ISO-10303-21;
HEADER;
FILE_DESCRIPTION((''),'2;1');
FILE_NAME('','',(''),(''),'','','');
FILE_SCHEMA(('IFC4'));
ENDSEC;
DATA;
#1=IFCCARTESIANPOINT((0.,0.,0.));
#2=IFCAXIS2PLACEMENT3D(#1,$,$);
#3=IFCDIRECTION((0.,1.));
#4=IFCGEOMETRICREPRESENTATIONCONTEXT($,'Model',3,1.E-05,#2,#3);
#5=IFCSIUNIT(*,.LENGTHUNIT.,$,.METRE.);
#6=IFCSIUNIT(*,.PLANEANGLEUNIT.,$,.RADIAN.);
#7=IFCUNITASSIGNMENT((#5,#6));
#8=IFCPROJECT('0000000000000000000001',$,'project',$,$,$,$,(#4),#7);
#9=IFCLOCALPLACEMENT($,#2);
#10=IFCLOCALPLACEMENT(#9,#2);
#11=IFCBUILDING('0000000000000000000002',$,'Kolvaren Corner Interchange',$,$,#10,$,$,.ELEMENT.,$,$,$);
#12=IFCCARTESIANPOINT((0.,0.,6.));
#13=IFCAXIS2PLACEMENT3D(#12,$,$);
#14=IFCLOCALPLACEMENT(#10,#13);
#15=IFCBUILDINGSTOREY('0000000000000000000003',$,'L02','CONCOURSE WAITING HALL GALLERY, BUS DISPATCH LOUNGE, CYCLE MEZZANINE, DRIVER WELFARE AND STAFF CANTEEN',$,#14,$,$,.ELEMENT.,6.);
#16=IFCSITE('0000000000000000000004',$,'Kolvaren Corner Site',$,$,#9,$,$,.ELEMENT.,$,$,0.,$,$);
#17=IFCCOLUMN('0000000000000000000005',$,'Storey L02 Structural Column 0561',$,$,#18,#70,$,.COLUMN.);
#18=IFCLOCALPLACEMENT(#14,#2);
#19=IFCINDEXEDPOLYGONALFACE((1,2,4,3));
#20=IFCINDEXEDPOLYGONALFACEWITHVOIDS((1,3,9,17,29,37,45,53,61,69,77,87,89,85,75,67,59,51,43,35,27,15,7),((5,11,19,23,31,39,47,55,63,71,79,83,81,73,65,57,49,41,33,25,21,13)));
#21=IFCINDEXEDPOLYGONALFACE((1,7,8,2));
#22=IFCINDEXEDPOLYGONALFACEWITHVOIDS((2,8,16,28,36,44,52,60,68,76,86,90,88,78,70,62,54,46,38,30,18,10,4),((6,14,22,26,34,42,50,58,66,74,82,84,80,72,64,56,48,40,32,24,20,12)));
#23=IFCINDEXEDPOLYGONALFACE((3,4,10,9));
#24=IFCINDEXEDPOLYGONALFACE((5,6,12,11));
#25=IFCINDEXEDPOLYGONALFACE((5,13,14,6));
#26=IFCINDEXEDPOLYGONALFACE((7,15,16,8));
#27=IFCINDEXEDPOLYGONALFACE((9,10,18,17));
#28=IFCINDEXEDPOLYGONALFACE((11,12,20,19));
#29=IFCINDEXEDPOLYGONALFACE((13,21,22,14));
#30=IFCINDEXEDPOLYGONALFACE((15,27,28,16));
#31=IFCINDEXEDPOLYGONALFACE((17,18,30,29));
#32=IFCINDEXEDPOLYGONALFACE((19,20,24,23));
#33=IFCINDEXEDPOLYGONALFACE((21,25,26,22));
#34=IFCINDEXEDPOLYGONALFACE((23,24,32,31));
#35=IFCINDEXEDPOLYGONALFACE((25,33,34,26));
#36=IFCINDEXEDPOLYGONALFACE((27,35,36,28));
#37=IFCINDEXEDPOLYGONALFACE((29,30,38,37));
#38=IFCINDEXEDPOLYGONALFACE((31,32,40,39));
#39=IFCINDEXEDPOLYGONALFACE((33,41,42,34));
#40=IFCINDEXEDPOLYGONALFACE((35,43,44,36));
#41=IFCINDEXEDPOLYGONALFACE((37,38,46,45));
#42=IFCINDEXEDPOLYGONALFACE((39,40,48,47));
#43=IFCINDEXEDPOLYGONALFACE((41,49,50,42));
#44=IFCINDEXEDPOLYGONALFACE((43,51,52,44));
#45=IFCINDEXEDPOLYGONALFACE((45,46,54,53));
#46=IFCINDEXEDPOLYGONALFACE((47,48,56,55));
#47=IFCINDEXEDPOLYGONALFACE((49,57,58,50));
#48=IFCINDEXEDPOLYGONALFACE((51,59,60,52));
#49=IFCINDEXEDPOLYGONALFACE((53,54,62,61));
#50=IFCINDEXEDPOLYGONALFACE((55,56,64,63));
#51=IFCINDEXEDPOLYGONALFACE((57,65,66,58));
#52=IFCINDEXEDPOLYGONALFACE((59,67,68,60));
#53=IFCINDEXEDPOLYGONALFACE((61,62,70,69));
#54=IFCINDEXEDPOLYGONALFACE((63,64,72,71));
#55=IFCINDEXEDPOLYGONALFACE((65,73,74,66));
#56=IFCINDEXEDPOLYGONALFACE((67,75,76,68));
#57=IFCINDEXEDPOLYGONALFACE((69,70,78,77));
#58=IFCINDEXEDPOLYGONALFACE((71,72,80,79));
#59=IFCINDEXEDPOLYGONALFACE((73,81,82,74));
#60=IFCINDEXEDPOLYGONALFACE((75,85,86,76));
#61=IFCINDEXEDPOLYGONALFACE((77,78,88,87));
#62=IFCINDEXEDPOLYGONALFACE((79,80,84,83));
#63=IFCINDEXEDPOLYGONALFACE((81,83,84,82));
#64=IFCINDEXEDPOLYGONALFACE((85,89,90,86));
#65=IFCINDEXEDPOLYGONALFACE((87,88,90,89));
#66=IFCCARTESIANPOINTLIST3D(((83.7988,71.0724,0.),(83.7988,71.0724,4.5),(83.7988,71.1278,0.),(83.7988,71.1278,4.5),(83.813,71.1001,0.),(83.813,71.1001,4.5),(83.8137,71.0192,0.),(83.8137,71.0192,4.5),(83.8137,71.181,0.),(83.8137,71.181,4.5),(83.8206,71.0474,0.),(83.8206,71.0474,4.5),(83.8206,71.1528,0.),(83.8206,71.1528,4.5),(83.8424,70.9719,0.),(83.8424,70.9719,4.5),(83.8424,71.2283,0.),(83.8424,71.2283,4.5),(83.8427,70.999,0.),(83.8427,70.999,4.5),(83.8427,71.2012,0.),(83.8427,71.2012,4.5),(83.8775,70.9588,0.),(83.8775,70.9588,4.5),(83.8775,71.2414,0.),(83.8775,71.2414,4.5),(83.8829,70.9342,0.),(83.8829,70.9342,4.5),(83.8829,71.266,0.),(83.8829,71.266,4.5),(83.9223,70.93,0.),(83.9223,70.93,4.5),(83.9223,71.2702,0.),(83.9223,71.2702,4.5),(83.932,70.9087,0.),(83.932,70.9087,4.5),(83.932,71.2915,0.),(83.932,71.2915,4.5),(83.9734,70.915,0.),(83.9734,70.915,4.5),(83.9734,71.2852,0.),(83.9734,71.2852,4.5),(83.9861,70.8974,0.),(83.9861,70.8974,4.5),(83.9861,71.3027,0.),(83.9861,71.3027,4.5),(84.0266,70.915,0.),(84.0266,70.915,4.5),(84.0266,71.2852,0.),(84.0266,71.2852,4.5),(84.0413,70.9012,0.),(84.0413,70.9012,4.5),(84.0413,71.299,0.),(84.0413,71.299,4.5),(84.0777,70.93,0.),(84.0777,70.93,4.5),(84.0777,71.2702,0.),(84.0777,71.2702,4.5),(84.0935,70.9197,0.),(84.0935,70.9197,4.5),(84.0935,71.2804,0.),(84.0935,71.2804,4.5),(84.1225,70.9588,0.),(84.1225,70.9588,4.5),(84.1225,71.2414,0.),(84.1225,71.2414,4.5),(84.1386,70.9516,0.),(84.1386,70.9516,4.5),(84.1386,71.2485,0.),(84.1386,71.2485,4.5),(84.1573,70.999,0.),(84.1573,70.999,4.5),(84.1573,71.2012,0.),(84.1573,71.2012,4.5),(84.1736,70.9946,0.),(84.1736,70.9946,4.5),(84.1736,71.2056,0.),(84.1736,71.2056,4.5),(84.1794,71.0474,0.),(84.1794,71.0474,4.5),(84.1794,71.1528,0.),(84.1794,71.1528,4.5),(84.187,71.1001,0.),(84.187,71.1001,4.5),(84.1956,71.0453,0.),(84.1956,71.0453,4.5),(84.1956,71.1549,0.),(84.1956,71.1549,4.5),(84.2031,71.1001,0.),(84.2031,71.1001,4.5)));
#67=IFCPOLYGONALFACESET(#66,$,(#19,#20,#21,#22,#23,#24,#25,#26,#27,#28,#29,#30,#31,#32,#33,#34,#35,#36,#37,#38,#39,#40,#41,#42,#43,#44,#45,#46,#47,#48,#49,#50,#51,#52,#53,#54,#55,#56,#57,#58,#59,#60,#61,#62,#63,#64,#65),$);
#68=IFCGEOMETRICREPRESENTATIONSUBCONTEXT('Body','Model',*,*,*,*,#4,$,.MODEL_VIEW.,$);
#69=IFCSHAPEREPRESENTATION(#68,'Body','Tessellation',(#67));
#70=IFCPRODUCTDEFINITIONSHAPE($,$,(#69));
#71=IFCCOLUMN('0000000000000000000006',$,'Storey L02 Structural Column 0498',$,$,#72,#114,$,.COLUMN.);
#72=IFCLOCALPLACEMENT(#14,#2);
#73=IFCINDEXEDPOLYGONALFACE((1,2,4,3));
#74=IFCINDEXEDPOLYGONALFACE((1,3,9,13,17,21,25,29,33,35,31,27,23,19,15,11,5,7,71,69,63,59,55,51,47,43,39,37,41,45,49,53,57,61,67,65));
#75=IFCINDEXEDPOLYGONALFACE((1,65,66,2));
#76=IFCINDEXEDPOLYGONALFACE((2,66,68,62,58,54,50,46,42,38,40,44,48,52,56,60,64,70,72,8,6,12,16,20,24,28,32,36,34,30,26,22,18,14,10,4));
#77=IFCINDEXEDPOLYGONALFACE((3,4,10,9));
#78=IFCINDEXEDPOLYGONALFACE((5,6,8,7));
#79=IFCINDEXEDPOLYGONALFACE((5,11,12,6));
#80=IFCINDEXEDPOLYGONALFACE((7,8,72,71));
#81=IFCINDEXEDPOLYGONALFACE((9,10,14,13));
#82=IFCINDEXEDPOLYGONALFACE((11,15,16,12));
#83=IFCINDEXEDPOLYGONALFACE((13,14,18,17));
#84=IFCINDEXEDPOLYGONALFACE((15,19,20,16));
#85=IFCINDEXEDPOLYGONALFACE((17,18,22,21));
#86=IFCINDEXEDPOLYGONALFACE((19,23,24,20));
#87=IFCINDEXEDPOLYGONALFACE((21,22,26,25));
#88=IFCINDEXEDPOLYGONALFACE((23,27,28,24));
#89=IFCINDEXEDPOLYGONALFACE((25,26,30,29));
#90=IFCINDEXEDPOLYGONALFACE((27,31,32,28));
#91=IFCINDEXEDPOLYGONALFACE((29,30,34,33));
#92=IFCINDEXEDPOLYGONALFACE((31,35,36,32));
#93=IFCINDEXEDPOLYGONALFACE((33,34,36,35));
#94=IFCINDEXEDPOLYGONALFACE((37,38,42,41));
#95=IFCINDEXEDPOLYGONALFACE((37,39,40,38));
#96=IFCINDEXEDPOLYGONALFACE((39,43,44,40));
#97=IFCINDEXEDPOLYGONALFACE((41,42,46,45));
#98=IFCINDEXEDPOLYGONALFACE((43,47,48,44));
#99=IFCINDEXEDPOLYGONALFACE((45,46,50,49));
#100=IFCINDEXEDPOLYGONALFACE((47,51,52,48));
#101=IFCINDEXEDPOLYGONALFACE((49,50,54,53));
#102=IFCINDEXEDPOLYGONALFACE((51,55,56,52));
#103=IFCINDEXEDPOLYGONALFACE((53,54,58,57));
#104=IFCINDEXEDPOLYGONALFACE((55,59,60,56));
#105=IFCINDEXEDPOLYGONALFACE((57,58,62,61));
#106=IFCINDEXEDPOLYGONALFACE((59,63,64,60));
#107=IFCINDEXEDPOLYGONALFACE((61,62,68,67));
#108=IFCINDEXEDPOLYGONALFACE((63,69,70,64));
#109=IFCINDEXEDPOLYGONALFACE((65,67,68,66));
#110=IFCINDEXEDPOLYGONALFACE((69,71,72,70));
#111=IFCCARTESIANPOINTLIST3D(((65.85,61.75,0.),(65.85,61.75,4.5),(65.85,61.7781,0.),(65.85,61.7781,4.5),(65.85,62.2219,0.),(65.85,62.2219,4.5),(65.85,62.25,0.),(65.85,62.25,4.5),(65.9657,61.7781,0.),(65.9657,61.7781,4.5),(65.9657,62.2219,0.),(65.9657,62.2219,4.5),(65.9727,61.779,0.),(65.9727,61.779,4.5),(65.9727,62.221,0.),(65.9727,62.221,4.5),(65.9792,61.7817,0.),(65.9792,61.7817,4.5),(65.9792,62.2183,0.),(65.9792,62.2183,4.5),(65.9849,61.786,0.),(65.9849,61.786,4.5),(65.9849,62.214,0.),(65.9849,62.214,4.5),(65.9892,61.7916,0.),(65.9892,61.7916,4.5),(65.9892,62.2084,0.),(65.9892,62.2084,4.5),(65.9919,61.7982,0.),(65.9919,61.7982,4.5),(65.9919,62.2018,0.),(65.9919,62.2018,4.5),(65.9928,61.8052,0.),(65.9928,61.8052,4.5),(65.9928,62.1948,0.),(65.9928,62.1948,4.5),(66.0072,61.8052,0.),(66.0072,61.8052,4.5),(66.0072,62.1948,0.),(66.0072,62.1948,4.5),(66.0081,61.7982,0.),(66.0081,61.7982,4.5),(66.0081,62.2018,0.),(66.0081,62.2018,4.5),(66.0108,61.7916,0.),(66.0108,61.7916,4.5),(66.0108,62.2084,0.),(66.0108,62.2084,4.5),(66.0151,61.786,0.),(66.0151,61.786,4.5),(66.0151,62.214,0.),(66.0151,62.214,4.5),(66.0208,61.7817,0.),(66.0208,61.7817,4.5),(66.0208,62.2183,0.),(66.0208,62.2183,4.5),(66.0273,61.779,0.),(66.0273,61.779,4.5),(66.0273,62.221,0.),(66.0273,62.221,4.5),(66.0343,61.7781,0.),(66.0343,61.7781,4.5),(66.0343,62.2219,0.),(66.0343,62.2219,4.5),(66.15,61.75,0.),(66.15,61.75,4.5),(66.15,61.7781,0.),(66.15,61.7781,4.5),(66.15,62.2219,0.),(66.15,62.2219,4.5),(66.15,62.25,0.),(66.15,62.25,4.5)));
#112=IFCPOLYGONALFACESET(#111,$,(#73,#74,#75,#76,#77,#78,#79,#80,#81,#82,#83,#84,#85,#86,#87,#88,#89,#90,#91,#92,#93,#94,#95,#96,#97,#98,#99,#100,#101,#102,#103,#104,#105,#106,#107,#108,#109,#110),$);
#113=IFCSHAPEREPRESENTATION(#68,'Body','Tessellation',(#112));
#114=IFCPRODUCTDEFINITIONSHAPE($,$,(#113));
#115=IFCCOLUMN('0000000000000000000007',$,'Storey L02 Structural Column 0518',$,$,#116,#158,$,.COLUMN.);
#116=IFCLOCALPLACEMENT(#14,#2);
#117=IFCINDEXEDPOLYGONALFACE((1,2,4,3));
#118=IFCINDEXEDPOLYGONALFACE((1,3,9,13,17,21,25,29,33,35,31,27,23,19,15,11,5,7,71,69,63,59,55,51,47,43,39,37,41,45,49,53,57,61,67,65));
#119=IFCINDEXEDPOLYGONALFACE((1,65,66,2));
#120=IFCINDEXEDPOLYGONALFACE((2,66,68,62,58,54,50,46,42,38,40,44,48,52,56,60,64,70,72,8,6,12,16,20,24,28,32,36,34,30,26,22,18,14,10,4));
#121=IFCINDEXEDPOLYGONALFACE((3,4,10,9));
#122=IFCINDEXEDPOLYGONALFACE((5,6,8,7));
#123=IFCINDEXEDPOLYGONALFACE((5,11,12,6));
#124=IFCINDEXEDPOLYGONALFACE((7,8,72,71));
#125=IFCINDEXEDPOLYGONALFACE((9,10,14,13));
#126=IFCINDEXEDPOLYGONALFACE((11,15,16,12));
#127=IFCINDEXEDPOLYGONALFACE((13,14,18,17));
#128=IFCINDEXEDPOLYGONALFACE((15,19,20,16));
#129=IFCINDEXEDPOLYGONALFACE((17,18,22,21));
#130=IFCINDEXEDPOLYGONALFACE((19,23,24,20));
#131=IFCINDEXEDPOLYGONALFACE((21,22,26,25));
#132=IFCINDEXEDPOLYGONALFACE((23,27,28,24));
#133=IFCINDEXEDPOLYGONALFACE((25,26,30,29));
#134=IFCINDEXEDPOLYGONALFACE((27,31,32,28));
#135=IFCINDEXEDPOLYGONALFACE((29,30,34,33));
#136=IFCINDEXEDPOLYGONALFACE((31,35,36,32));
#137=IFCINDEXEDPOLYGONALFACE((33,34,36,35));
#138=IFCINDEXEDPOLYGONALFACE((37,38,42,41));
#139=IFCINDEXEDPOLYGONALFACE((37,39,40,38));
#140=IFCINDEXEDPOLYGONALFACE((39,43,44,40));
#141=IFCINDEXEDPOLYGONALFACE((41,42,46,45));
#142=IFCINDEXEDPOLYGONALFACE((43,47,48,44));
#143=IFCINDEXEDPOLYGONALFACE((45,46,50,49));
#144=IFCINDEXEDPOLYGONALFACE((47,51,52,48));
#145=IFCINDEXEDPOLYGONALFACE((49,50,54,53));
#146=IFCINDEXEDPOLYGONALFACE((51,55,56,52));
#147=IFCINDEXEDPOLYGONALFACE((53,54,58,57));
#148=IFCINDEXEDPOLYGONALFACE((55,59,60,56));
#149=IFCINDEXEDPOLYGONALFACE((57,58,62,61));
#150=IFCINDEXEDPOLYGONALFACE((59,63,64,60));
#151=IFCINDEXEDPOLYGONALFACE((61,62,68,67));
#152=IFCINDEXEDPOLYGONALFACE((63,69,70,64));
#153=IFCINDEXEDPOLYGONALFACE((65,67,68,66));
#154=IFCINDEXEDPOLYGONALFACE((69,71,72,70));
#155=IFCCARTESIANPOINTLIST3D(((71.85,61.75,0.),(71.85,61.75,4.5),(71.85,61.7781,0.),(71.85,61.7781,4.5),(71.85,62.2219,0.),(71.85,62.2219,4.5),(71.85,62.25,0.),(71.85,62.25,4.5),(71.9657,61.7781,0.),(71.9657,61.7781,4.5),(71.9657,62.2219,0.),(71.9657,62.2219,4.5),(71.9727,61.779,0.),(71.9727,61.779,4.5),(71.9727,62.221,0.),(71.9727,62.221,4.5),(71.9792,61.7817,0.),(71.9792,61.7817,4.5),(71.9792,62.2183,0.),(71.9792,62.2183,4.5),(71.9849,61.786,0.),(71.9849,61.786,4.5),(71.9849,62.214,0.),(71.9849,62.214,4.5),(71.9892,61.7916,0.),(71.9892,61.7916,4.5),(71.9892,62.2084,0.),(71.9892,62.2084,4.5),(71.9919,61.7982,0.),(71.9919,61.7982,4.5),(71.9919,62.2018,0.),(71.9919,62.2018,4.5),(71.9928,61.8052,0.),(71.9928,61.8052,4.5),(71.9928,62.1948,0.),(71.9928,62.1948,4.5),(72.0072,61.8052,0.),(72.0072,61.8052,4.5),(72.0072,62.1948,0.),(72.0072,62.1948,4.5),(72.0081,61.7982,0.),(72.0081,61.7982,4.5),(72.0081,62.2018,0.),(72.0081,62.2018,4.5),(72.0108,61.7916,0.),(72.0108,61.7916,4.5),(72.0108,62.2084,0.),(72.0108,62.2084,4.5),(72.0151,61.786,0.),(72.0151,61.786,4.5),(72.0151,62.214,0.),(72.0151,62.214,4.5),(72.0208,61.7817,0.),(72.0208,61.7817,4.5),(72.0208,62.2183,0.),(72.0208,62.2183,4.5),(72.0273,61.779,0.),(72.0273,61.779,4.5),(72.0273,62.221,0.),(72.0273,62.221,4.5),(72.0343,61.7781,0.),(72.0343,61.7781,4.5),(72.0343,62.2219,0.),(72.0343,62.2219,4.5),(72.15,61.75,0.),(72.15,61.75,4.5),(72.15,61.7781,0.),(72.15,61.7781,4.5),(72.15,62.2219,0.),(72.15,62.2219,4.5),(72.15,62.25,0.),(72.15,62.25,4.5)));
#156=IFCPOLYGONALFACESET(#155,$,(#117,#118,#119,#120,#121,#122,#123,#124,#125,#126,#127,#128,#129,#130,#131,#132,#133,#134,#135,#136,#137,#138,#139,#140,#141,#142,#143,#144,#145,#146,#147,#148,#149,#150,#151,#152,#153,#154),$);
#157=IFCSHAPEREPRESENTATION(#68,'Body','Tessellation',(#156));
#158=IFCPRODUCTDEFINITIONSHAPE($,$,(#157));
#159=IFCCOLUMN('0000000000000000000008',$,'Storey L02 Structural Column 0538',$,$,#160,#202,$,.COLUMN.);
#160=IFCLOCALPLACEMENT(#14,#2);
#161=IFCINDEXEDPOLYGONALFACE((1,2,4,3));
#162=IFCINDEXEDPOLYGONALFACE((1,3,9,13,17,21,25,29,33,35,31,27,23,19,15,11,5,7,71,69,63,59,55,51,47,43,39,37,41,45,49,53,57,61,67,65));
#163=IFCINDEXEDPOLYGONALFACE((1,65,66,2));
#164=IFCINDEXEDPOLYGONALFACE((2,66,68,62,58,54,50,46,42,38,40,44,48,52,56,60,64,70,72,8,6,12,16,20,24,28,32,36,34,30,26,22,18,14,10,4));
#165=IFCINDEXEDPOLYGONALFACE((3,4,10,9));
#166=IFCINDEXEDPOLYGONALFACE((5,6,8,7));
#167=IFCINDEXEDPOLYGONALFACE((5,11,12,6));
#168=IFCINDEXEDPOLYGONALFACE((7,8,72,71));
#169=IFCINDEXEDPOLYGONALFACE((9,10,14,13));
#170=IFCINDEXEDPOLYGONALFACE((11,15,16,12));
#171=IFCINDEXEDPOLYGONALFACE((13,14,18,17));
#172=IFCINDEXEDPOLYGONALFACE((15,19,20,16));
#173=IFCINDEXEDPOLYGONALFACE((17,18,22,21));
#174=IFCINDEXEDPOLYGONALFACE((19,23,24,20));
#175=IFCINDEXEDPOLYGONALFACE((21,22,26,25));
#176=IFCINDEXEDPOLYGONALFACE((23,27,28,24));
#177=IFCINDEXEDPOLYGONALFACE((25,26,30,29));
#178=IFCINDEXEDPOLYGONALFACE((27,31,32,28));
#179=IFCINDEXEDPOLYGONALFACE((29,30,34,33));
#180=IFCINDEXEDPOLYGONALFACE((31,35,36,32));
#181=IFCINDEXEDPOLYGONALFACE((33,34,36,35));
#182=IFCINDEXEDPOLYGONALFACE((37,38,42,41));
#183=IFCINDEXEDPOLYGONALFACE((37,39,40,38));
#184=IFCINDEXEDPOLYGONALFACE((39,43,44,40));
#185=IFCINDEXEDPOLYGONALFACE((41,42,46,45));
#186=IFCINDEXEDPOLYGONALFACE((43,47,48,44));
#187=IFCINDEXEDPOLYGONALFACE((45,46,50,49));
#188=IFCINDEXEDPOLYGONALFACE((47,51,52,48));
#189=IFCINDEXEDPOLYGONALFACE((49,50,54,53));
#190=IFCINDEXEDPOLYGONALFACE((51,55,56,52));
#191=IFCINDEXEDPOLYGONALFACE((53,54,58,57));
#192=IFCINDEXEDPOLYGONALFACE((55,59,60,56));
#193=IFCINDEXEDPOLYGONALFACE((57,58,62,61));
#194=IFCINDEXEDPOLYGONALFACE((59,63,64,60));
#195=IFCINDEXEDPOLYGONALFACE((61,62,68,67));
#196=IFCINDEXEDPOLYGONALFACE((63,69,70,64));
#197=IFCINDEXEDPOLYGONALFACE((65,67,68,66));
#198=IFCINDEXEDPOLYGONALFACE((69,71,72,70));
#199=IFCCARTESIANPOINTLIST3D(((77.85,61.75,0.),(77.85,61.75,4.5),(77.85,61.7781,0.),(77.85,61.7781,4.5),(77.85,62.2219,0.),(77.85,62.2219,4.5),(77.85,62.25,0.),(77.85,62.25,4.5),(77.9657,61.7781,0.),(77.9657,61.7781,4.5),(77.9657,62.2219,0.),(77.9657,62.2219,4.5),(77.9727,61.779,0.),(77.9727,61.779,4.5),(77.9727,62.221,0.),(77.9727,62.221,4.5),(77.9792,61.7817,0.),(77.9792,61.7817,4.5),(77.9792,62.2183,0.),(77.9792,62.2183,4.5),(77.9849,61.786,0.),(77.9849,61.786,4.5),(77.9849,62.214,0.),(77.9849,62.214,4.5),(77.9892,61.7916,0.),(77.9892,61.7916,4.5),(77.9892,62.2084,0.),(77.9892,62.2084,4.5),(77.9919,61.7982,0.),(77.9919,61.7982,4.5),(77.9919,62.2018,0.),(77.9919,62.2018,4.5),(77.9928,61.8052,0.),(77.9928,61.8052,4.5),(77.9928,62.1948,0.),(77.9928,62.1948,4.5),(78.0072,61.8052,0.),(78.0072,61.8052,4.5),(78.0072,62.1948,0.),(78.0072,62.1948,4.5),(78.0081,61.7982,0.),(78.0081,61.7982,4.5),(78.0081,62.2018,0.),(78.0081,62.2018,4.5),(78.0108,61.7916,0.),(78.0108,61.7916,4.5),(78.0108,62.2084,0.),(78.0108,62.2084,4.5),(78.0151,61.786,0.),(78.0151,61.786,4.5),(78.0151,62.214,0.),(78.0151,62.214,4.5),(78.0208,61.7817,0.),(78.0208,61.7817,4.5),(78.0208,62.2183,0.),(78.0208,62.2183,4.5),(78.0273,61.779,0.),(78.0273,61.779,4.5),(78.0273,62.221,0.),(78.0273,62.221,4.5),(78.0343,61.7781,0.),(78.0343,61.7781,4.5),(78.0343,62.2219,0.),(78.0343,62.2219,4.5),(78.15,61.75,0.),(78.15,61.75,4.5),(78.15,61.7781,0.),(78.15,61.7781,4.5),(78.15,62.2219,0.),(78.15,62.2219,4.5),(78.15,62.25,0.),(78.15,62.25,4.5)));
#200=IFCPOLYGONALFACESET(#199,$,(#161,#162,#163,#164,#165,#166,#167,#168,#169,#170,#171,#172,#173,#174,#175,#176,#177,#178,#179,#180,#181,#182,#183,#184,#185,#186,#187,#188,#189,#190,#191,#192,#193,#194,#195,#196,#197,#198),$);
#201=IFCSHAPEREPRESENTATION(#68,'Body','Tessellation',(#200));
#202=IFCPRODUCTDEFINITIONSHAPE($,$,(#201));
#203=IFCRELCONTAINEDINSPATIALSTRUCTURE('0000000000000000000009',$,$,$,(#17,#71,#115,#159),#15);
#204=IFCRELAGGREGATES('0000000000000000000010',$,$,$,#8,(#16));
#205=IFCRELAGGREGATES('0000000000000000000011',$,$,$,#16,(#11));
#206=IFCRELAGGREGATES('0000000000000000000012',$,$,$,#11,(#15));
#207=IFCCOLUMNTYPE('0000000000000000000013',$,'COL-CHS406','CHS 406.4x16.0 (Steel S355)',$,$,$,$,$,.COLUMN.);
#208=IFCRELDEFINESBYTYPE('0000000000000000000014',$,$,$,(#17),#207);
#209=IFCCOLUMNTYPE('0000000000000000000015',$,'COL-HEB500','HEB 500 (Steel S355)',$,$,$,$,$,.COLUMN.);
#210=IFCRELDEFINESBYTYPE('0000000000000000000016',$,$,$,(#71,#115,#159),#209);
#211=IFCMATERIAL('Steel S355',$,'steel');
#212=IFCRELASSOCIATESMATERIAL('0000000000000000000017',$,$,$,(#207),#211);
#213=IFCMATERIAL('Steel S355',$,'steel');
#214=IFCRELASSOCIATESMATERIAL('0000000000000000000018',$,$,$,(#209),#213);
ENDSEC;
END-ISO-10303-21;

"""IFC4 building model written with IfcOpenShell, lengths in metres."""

from ifc_helpers import new_model, si_unit, direction, frame, origin, origin_2d, place, context, subcontext, project, spatial, hollow_circle, i_section, extrude, material, material_profile, profile_set, type_object, element, save


model = new_model("IFC4")

# Units and contexts
model_context = context("Model", 3, precision=1e-05, world=origin(), true_north=direction((0.0, 1.0)))
body_context = subcontext(model_context, "Body", "Model", "MODEL_VIEW")
ifc_project = project(units=[si_unit("LENGTHUNIT", "METRE"), si_unit("PLANEANGLEUNIT", "RADIAN")], contexts=[model_context])

# Site, building, storey
site_placement = place(None, origin())
site = spatial("IfcSite", under=ifc_project, at=site_placement, Name="Kolvaren Corner Site", CompositionType="ELEMENT", RefElevation=0.0)
building_placement = place(site_placement, origin())
building = spatial("IfcBuilding", under=site, at=building_placement, Name="Kolvaren Corner Interchange", CompositionType="ELEMENT")
storey_placement = place(building_placement, frame((0.0, 0.0, 6.0)))
storey = spatial("IfcBuildingStorey", under=building, at=storey_placement, Name="L02", Description="CONCOURSE WAITING HALL GALLERY, BUS DISPATCH LOUNGE, CYCLE MEZZANINE, DRIVER WELFARE AND STAFF CANTEEN", CompositionType="ELEMENT", Elevation=6.0)

# Columns
ifc_material_1 = material(Name="Steel S355", Category="steel")
ifc_material_profile_1 = material_profile(ifc_material_1, hollow_circle(Radius=0.2031, WallThickness=0.0161, at=origin_2d()), Name="CHS 406.4x16.0")
ifc_profile_set_1 = profile_set([ifc_material_profile_1], Name="Steel S355")
column_type_1 = type_object("IfcColumnType", Name="COL-CHS406", Description="CHS 406.4x16.0 (Steel S355)", PredefinedType="COLUMN", material=ifc_profile_set_1)
for number, where, z_axis, x_axis, name in (
    (1, (84.0, 71.1001, 0.0), (0.0, 0.0, 1.0), (1.0, 0.0, 0.0), "Storey L02 Structural Column 0561"),
):
    element("IfcColumn", number, at=place(storey_placement, frame(where, z_axis=z_axis, x_axis=x_axis)), inside=storey, type_object=column_type_1, Name=name, PredefinedType="COLUMN", context=body_context, shape_type="SweptSolid", body=[
        extrude(hollow_circle(Radius=0.2031, WallThickness=0.0161, at=origin_2d()), origin(), (0.0, 0.0, 1.0), 4.5),
    ])
ifc_material_2 = material(Name="Steel S355", Category="steel")
ifc_material_profile_2 = material_profile(ifc_material_2, i_section(OverallWidth=0.3, OverallDepth=0.5, WebThickness=0.0144, FlangeThickness=0.0281, FilletRadius=0.0271, at=origin_2d()), Name="HEB 500")
ifc_profile_set_2 = profile_set([ifc_material_profile_2], Name="Steel S355")
column_type_2 = type_object("IfcColumnType", Name="COL-HEB500", Description="HEB 500 (Steel S355)", PredefinedType="COLUMN", material=ifc_profile_set_2)
for number, where, z_axis, x_axis, name in (
    (2, (66.0, 62.0, 0.0), (0.0, 0.0, 1.0), (1.0, 0.0, 0.0), "Storey L02 Structural Column 0498"),
    (3, (72.0, 62.0, 0.0), (0.0, 0.0, 1.0), (1.0, 0.0, 0.0), "Storey L02 Structural Column 0518"),
    (4, (78.0, 62.0, 0.0), (0.0, 0.0, 1.0), (1.0, 0.0, 0.0), "Storey L02 Structural Column 0538"),
):
    element("IfcColumn", number, at=place(storey_placement, frame(where, z_axis=z_axis, x_axis=x_axis)), inside=storey, type_object=column_type_2, Name=name, PredefinedType="COLUMN", context=body_context, shape_type="SweptSolid", body=[
        extrude(i_section(OverallWidth=0.3, OverallDepth=0.5, WebThickness=0.0144, FlangeThickness=0.0281, FilletRadius=0.0271, at=origin_2d()), origin(), (0.0, 0.0, 1.0), 4.5),
    ])

save(model, "model.ifc")
